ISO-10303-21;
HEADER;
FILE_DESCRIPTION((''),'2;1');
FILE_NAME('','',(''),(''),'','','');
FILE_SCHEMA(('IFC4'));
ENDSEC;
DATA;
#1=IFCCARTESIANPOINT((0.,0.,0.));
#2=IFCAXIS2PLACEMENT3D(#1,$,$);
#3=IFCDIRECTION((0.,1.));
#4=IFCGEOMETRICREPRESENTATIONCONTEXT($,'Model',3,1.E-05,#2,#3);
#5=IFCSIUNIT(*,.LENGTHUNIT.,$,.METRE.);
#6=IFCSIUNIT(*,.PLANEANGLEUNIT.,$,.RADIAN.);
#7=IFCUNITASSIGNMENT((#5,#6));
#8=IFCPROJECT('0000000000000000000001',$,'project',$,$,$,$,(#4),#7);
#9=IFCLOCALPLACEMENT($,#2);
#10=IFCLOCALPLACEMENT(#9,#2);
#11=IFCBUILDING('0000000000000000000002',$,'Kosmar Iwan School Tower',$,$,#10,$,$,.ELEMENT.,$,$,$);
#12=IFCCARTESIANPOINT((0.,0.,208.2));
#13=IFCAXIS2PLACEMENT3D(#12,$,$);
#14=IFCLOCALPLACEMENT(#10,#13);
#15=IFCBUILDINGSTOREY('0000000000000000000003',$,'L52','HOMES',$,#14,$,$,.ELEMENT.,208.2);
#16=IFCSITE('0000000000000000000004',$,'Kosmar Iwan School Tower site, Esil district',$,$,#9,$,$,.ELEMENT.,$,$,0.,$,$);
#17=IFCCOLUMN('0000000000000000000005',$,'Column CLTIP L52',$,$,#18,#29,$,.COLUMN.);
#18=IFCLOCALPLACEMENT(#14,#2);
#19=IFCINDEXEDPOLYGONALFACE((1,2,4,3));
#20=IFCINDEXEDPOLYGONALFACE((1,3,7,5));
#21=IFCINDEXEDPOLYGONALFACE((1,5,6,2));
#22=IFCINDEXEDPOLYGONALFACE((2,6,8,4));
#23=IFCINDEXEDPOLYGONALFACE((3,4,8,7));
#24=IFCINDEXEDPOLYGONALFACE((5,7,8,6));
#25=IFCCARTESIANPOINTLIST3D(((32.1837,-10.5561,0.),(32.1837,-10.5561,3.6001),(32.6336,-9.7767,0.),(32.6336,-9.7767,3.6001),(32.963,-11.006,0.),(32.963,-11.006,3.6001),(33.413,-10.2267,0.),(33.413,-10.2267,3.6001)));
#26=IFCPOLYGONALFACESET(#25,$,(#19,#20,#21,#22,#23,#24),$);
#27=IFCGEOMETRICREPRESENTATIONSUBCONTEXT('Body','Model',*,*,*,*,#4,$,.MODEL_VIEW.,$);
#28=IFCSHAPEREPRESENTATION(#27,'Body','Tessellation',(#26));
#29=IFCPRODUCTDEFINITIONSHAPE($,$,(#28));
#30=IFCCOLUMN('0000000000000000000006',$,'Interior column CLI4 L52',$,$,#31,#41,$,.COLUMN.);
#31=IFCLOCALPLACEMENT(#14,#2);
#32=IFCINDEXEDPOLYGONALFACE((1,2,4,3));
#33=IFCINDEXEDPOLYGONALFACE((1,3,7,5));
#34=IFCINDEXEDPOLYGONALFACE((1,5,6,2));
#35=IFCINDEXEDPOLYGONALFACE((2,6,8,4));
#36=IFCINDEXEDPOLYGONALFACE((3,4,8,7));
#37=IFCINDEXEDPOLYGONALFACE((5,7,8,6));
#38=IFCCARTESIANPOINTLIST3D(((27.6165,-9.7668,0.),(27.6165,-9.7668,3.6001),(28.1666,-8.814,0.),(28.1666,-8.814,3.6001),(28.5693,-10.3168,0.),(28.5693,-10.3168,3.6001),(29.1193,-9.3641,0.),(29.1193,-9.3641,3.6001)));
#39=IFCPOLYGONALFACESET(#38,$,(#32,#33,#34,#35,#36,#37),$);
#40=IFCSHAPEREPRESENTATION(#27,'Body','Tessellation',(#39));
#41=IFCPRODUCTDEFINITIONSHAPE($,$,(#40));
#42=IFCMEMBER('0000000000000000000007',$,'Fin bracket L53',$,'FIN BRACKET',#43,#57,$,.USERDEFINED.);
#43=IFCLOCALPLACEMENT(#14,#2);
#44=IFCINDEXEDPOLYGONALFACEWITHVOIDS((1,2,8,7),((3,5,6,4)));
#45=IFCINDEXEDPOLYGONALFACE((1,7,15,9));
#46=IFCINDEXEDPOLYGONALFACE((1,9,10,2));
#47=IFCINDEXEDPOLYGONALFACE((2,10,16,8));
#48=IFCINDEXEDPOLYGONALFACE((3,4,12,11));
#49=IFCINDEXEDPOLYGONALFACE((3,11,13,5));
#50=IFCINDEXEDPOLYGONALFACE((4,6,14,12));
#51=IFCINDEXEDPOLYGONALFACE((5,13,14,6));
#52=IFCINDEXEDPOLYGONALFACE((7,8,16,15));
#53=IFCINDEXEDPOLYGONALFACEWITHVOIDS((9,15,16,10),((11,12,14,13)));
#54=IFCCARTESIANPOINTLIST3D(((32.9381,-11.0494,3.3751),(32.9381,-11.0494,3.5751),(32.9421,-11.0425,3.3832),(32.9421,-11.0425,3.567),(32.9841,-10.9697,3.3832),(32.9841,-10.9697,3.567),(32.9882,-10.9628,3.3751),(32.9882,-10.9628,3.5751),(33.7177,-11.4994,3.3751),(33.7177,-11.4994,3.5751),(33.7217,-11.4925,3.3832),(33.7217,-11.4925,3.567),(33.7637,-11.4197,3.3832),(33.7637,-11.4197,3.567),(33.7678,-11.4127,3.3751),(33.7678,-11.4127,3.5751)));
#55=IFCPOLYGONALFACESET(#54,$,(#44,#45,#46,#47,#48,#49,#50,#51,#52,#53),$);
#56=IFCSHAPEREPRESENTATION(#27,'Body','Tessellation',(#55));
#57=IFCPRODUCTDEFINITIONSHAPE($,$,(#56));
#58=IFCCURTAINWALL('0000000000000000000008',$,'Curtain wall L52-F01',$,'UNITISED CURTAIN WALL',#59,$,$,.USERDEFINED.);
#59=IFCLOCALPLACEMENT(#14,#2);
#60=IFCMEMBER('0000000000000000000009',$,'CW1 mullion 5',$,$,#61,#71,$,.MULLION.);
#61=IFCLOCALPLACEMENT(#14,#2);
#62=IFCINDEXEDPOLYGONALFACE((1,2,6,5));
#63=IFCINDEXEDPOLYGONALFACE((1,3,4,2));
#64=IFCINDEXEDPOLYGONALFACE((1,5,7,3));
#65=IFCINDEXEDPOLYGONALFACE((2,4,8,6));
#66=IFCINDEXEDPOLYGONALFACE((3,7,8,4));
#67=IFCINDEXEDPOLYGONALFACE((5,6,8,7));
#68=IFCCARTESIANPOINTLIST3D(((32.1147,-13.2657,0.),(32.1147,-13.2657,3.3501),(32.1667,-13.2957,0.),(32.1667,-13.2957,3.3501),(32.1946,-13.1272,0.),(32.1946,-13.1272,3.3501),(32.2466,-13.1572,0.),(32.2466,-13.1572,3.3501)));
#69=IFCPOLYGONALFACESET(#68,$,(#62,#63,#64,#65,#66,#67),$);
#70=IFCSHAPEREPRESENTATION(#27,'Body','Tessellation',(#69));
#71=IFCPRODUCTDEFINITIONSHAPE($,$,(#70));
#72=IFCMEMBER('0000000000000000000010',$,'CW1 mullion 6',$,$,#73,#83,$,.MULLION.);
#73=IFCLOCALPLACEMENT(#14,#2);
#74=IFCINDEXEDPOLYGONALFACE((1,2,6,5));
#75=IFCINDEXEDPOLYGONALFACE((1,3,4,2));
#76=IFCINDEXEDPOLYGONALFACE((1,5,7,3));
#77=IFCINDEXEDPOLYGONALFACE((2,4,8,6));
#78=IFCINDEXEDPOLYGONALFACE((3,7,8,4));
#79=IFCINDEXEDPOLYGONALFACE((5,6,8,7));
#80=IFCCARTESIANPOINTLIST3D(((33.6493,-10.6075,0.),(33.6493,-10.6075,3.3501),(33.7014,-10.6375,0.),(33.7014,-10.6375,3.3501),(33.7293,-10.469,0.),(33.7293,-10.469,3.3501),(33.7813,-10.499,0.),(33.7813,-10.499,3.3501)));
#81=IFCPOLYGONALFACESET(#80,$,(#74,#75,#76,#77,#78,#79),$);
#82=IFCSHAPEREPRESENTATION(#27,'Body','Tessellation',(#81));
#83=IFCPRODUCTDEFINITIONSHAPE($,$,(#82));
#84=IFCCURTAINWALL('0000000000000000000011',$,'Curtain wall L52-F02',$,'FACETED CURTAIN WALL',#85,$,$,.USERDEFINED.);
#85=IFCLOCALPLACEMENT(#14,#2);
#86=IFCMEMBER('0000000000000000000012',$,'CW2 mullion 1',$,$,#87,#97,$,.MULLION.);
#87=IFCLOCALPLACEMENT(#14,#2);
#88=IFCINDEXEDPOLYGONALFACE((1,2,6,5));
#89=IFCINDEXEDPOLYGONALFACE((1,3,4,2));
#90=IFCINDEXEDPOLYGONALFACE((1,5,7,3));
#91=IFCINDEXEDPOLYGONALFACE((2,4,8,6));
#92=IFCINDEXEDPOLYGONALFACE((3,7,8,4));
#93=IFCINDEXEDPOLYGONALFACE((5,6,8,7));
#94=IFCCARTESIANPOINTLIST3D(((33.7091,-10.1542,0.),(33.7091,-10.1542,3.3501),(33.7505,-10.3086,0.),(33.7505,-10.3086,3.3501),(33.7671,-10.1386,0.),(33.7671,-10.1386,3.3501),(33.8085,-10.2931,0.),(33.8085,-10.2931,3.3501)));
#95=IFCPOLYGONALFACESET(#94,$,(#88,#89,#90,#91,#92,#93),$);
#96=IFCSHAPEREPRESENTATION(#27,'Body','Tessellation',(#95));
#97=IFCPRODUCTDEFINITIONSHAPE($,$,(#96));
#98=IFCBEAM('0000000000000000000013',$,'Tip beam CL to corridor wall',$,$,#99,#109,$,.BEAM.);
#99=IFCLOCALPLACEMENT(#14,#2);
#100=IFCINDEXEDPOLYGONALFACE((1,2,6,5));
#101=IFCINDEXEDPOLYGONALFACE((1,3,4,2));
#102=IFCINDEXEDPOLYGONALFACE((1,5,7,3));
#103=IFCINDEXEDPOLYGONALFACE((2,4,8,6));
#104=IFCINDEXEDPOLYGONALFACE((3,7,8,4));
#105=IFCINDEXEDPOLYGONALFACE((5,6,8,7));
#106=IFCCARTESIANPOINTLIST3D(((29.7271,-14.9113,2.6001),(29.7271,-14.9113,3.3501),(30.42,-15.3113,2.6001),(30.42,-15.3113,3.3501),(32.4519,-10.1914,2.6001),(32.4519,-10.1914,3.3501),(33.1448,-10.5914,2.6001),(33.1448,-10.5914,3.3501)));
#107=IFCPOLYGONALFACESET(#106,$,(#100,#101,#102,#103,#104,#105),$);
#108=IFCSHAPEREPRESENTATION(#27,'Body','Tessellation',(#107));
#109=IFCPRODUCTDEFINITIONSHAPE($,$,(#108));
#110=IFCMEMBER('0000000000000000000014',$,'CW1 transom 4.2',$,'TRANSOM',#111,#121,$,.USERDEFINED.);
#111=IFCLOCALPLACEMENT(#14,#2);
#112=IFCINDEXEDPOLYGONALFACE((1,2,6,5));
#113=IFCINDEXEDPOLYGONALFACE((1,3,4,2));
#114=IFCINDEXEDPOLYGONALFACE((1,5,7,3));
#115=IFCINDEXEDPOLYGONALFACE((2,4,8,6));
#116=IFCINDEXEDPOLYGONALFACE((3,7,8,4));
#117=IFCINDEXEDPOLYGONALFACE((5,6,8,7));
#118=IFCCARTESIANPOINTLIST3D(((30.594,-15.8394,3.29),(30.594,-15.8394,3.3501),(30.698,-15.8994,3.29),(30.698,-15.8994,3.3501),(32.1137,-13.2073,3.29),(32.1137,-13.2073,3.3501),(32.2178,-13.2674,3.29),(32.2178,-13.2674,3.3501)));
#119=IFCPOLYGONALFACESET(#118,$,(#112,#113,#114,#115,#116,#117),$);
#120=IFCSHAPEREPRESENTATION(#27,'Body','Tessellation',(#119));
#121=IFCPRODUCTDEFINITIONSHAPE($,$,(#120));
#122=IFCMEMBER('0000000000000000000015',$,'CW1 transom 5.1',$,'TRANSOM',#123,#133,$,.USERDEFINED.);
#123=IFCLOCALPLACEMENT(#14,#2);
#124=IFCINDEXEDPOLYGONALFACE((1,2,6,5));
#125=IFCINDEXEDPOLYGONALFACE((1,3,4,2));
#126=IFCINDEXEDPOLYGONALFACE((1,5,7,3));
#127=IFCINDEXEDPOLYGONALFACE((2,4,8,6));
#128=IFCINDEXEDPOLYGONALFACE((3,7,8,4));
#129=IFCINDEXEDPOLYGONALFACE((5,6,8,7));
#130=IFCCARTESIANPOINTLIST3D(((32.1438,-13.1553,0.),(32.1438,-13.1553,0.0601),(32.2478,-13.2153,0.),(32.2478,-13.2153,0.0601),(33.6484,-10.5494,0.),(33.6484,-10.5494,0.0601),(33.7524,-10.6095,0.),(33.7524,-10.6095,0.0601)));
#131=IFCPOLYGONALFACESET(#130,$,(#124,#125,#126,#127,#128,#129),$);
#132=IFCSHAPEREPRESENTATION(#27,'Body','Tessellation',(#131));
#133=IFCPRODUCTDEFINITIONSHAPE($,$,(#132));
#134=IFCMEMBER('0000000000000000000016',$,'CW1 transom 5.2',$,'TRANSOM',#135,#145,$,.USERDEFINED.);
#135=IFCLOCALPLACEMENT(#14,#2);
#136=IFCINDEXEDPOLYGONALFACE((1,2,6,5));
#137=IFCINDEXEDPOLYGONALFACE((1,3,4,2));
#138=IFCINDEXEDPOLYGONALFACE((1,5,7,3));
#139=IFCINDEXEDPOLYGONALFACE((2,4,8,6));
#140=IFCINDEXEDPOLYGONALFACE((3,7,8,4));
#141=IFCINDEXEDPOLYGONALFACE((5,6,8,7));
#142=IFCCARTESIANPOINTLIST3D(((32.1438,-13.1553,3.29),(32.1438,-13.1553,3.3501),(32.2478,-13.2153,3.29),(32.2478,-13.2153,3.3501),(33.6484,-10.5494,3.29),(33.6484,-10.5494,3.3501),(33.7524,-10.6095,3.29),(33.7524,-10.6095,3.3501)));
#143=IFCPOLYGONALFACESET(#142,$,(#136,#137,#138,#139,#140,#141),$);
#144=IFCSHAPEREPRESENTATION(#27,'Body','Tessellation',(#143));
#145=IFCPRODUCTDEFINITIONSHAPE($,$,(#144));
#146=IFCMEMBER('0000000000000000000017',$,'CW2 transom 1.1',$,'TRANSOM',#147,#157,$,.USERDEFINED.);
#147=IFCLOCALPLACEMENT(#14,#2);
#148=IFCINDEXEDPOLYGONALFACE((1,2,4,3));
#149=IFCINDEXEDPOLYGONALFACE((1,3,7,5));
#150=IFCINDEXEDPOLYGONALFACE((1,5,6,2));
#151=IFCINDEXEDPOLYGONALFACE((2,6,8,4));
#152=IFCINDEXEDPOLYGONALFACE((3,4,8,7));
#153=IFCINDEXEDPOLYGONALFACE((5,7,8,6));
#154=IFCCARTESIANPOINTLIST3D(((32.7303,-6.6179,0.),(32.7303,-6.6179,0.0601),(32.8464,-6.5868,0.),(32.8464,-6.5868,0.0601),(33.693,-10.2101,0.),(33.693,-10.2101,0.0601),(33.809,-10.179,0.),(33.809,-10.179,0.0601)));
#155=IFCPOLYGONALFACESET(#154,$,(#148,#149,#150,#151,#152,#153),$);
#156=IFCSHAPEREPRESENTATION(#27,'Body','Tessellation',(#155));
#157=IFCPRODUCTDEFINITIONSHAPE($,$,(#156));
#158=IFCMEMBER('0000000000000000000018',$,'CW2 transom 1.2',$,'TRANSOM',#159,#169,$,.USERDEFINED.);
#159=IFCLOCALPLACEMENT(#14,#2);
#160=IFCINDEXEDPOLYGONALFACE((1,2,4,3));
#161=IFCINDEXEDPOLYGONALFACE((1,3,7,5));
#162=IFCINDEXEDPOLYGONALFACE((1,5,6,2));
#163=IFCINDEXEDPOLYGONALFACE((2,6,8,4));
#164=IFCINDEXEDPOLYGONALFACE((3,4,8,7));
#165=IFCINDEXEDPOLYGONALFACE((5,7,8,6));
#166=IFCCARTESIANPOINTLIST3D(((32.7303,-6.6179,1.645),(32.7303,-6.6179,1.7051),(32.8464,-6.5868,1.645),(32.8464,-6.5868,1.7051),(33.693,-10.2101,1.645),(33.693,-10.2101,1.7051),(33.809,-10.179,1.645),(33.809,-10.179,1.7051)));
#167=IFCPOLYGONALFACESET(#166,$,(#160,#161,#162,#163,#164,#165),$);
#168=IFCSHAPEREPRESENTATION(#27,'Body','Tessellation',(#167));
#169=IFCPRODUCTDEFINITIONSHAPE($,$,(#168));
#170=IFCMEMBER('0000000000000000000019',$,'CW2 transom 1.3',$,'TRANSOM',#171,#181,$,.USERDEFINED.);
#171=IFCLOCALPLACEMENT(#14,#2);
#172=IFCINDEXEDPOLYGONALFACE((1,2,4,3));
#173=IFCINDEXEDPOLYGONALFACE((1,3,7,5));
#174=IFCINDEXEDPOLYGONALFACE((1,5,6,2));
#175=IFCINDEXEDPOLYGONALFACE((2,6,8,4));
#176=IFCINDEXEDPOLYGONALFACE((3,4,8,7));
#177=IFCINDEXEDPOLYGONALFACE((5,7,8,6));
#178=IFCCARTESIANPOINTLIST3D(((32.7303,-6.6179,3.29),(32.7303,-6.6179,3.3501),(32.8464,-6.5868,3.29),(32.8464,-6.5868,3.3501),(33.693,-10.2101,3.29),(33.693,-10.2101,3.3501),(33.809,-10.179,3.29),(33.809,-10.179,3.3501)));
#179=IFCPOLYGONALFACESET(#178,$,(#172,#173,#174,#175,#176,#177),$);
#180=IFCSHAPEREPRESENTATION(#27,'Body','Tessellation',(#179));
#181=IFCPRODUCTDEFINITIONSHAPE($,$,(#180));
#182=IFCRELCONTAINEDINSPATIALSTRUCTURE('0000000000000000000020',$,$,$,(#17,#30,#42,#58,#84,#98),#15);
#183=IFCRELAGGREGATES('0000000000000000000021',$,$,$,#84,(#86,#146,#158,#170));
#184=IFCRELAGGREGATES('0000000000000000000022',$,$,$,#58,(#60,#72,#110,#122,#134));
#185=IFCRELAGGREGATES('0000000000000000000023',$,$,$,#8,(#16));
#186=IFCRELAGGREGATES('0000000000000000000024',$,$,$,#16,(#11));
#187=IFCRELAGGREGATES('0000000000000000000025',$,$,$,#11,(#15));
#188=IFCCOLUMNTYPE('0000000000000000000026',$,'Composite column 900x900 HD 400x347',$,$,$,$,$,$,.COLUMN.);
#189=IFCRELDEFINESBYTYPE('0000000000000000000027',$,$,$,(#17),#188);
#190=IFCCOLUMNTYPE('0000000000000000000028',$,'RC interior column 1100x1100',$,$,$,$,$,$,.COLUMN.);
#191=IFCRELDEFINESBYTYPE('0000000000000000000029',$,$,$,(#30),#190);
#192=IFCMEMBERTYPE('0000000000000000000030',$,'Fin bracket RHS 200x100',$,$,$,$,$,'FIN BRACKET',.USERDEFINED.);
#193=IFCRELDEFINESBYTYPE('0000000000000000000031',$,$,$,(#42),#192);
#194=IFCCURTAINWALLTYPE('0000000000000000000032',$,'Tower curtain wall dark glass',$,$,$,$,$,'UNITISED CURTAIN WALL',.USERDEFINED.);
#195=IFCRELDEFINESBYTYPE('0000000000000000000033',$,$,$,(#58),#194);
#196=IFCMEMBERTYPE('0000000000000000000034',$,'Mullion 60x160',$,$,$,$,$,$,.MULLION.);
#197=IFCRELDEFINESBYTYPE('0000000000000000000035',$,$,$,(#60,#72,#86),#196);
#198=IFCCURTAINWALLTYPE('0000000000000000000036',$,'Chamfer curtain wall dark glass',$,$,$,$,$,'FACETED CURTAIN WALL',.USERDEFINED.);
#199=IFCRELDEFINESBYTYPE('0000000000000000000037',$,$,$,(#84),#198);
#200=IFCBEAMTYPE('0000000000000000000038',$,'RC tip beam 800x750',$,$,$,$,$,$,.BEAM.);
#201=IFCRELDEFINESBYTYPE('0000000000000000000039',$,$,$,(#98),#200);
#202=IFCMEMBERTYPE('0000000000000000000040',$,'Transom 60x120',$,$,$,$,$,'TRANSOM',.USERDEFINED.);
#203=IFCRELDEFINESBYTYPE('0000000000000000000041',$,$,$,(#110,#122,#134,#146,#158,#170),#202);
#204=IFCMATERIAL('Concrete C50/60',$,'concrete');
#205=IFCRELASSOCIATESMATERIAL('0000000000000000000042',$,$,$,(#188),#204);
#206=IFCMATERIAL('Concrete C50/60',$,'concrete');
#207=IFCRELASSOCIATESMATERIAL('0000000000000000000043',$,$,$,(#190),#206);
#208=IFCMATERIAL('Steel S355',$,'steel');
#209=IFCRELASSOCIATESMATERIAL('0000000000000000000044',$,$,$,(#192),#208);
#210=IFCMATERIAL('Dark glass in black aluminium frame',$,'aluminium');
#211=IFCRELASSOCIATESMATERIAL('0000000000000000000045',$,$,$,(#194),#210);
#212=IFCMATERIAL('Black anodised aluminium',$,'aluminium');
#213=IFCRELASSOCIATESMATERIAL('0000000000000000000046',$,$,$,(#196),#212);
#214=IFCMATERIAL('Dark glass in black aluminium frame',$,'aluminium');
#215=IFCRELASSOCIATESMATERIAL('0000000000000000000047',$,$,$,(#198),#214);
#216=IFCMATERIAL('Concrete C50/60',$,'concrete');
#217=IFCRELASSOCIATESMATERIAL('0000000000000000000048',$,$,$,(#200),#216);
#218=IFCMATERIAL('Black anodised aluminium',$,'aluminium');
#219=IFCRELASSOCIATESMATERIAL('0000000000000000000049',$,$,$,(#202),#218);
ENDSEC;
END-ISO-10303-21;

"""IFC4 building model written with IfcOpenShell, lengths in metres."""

from ifc_helpers import new_model, si_unit, direction, frame, origin, origin_2d, place, context, subcontext, project, spatial, rectangle, hollow_rectangle, extrude, material, material_profile, profile_set, type_object, element, aggregate, save


model = new_model("IFC4")

# Units and contexts
model_context = context("Model", 3, precision=1e-05, world=origin(), true_north=direction((0.0, 1.0)))
body_context = subcontext(model_context, "Body", "Model", "MODEL_VIEW")
ifc_project = project(units=[si_unit("LENGTHUNIT", "METRE"), si_unit("PLANEANGLEUNIT", "RADIAN")], contexts=[model_context])

# Site, building, storey
site_placement = place(None, origin())
site = spatial("IfcSite", under=ifc_project, at=site_placement, Name="Kosmar Iwan School Tower site, Esil district", CompositionType="ELEMENT", RefElevation=0.0)
building_placement = place(site_placement, origin())
building = spatial("IfcBuilding", under=site, at=building_placement, Name="Kosmar Iwan School Tower", CompositionType="ELEMENT")
storey_placement = place(building_placement, frame((0.0, 0.0, 208.2)))
storey = spatial("IfcBuildingStorey", under=building, at=storey_placement, Name="L52", Description="HOMES", CompositionType="ELEMENT", Elevation=208.2)

# Columns
ifc_material_1 = material(Name="Concrete C50/60", Category="concrete")
ifc_material_profile_1 = material_profile(ifc_material_1, rectangle(XDim=0.8999, YDim=0.8999, at=origin_2d()), Name="RC 900x900 + HD 400x347")
ifc_profile_set_1 = profile_set([ifc_material_profile_1], Name="Concrete C50/60")
column_type_1 = type_object("IfcColumnType", Name="Composite column 900x900 HD 400x347", PredefinedType="COLUMN", material=ifc_profile_set_1)
column_1_placement = place(storey_placement, frame((32.7983, -10.3914, 0.0), z_axis=(0.0, 0.0, 1.0), x_axis=(0.866025, -0.5, 0.0)))
element("IfcColumn", 1, at=column_1_placement, inside=storey, type_object=column_type_1, Name="Column CLTIP L52", PredefinedType="COLUMN", context=body_context, shape_type="SweptSolid", body=[
    extrude(rectangle(XDim=0.8999, YDim=0.8999, at=origin_2d()), origin(), (0.0, 0.0, 1.0), 3.6001),
])
ifc_material_2 = material(Name="Concrete C50/60", Category="concrete")
ifc_material_profile_2 = material_profile(ifc_material_2, rectangle(XDim=1.1001, YDim=1.1001, at=origin_2d()), Name="RC 1100x1100")
ifc_profile_set_2 = profile_set([ifc_material_profile_2], Name="Concrete C50/60")
column_type_2 = type_object("IfcColumnType", Name="RC interior column 1100x1100", PredefinedType="COLUMN", material=ifc_profile_set_2)
column_2_placement = place(storey_placement, frame((28.3679, -9.5654, 0.0), z_axis=(0.0, 0.0, 1.0), x_axis=(0.866025, -0.5, 0.0)))
element("IfcColumn", 2, at=column_2_placement, inside=storey, type_object=column_type_2, Name="Interior column CLI4 L52", PredefinedType="COLUMN", context=body_context, shape_type="SweptSolid", body=[
    extrude(rectangle(XDim=1.1001, YDim=1.1001, at=origin_2d()), origin(), (0.0, 0.0, 1.0), 3.6001),
])

# Member
ifc_material_3 = material(Name="Steel S355", Category="steel")
ifc_material_profile_3 = material_profile(ifc_material_3, hollow_rectangle(XDim=0.1001, YDim=0.2, WallThickness=0.0081, at=origin_2d()), Name="RHS 200x100x8")
ifc_profile_set_3 = profile_set([ifc_material_profile_3], Name="Steel S355")
member_type_1 = type_object("IfcMemberType", Name="Fin bracket RHS 200x100", ElementType="FIN BRACKET", PredefinedType="USERDEFINED", material=ifc_profile_set_3)
member_1_placement = place(storey_placement, frame((32.9631, -11.0061, 3.4751), z_axis=(0.866082, -0.499902, 0.0), x_axis=(0.499902, 0.866082, 0.0)))
element("IfcMember", 3, at=member_1_placement, inside=storey, type_object=member_type_1, Name="Fin bracket L53", ObjectType="FIN BRACKET", PredefinedType="USERDEFINED", context=body_context, shape_type="SweptSolid", body=[
    extrude(hollow_rectangle(XDim=0.1001, YDim=0.2, WallThickness=0.0081, at=origin_2d()), origin(), (0.0, 0.0, 1.0), 0.9001),
])

# Curtain wall, members
ifc_material_4 = material(Name="Dark glass in black aluminium frame", Category="aluminium")
curtain_wall_type_1 = type_object("IfcCurtainWallType", Name="Tower curtain wall dark glass", ElementType="UNITISED CURTAIN WALL", PredefinedType="USERDEFINED", material=ifc_material_4)
curtain_wall_1_placement = place(storey_placement, origin())
curtain_wall_1 = element("IfcCurtainWall", 4, at=curtain_wall_1_placement, inside=storey, type_object=curtain_wall_type_1, Name="Curtain wall L52-F01", ObjectType="UNITISED CURTAIN WALL", PredefinedType="USERDEFINED")
ifc_material_5 = material(Name="Black anodised aluminium", Category="aluminium")
ifc_material_profile_4 = material_profile(ifc_material_5, rectangle(XDim=0.0601, YDim=0.1599, at=origin_2d()), Name="MULLION 60x160")
ifc_profile_set_4 = profile_set([ifc_material_profile_4], Name="Black anodised aluminium")
member_type_2 = type_object("IfcMemberType", Name="Mullion 60x160", PredefinedType="MULLION", material=ifc_profile_set_4)
member_2_placement = place(storey_placement, frame((32.1807, -13.2114, 0.0), z_axis=(0.0, 0.0, 1.0), x_axis=(-0.866025, 0.5, 0.0)))
member_2 = element("IfcMember", 5, at=member_2_placement, type_object=member_type_2, Name="CW1 mullion 5", PredefinedType="MULLION", context=body_context, shape_type="SweptSolid", body=[
    extrude(rectangle(XDim=0.0601, YDim=0.1599, at=origin_2d()), origin(), (0.0, 0.0, 1.0), 3.3501),
])
member_3_placement = place(storey_placement, frame((33.7153, -10.5532, 0.0), z_axis=(0.0, 0.0, 1.0), x_axis=(-0.866025, 0.5, 0.0)))
member_3 = element("IfcMember", 6, at=member_3_placement, type_object=member_type_2, Name="CW1 mullion 6", PredefinedType="MULLION", context=body_context, shape_type="SweptSolid", body=[
    extrude(rectangle(XDim=0.0601, YDim=0.1599, at=origin_2d()), origin(), (0.0, 0.0, 1.0), 3.3501),
])

# Curtain wall, member
ifc_material_6 = material(Name="Dark glass in black aluminium frame", Category="aluminium")
curtain_wall_type_2 = type_object("IfcCurtainWallType", Name="Chamfer curtain wall dark glass", ElementType="FACETED CURTAIN WALL", PredefinedType="USERDEFINED", material=ifc_material_6)
curtain_wall_2_placement = place(storey_placement, origin())
curtain_wall_2 = element("IfcCurtainWall", 7, at=curtain_wall_2_placement, inside=storey, type_object=curtain_wall_type_2, Name="Curtain wall L52-F02", ObjectType="FACETED CURTAIN WALL", PredefinedType="USERDEFINED")
member_4_placement = place(storey_placement, frame((33.7588, -10.2236, 0.0), z_axis=(0.0, 0.0, 1.0), x_axis=(-0.965926, -0.258819, 0.0)))
member_4 = element("IfcMember", 8, at=member_4_placement, type_object=member_type_2, Name="CW2 mullion 1", PredefinedType="MULLION", context=body_context, shape_type="SweptSolid", body=[
    extrude(rectangle(XDim=0.0601, YDim=0.1599, at=origin_2d()), origin(), (0.0, 0.0, 1.0), 3.3501),
])

# Beam
ifc_material_7 = material(Name="Concrete C50/60", Category="concrete")
ifc_material_profile_5 = material_profile(ifc_material_7, rectangle(XDim=0.8, YDim=0.75, at=origin_2d()), Name="RC 800x750")
ifc_profile_set_5 = profile_set([ifc_material_profile_5], Name="Concrete C50/60")
beam_type = type_object("IfcBeamType", Name="RC tip beam 800x750", PredefinedType="BEAM", material=ifc_profile_set_5)
beam_placement = place(storey_placement, frame((32.7983, -10.3914, 2.9751), z_axis=(-0.499969, -0.866043, 0.0), x_axis=(0.866043, -0.499969, 0.0)))
element("IfcBeam", 9, at=beam_placement, inside=storey, type_object=beam_type, Name="Tip beam CL to corridor wall", PredefinedType="BEAM", context=body_context, shape_type="SweptSolid", body=[
    extrude(rectangle(XDim=0.8, YDim=0.75, at=origin_2d()), origin(), (0.0, 0.0, 1.0), 5.45),
])

# Members
ifc_material_8 = material(Name="Black anodised aluminium", Category="aluminium")
ifc_material_profile_6 = material_profile(ifc_material_8, rectangle(XDim=0.1201, YDim=0.0601, at=origin_2d()), Name="TRANSOM 60x120")
ifc_profile_set_6 = profile_set([ifc_material_profile_6], Name="Black anodised aluminium")
member_type_3 = type_object("IfcMemberType", Name="Transom 60x120", ElementType="TRANSOM", PredefinedType="USERDEFINED", material=ifc_profile_set_6)
member_5_placement = place(storey_placement, frame((30.646, -15.8694, 3.3201), z_axis=(0.500035, 0.866005, 0.0), x_axis=(-0.866005, 0.500035, 0.0)))
member_5 = element("IfcMember", 10, at=member_5_placement, type_object=member_type_3, Name="CW1 transom 4.2", ObjectType="TRANSOM", PredefinedType="USERDEFINED", context=body_context, shape_type="SweptSolid", body=[
    extrude(rectangle(XDim=0.1201, YDim=0.0601, at=origin_2d()), origin(), (0.0, 0.0, 1.0), 3.0393),
])
member_6_placement = place(storey_placement, frame((32.1958, -13.1853, 0.03), z_axis=(0.500022, 0.866013, 0.0), x_axis=(-0.866013, 0.500022, 0.0)))
member_6 = element("IfcMember", 11, at=member_6_placement, type_object=member_type_3, Name="CW1 transom 5.1", ObjectType="TRANSOM", PredefinedType="USERDEFINED", context=body_context, shape_type="SweptSolid", body=[
    extrude(rectangle(XDim=0.1201, YDim=0.0601, at=origin_2d()), origin(), (0.0, 0.0, 1.0), 3.009),
])
member_7_placement = place(storey_placement, frame((32.1958, -13.1853, 3.3201), z_axis=(0.500022, 0.866013, 0.0), x_axis=(-0.866013, 0.500022, 0.0)))
member_7 = element("IfcMember", 12, at=member_7_placement, type_object=member_type_3, Name="CW1 transom 5.2", ObjectType="TRANSOM", PredefinedType="USERDEFINED", context=body_context, shape_type="SweptSolid", body=[
    extrude(rectangle(XDim=0.1201, YDim=0.0601, at=origin_2d()), origin(), (0.0, 0.0, 1.0), 3.009),
])
member_8_placement = place(storey_placement, frame((33.751, -10.1946, 0.03), z_axis=(-0.258843, 0.965919, 0.0), x_axis=(-0.965919, -0.258843, 0.0)))
member_8 = element("IfcMember", 13, at=member_8_placement, type_object=member_type_3, Name="CW2 transom 1.1", ObjectType="TRANSOM", PredefinedType="USERDEFINED", context=body_context, shape_type="SweptSolid", body=[
    extrude(rectangle(XDim=0.1201, YDim=0.0601, at=origin_2d()), origin(), (0.0, 0.0, 1.0), 3.719),
])
member_9_placement = place(storey_placement, frame((33.751, -10.1946, 1.675), z_axis=(-0.258843, 0.965919, 0.0), x_axis=(-0.965919, -0.258843, 0.0)))
member_9 = element("IfcMember", 14, at=member_9_placement, type_object=member_type_3, Name="CW2 transom 1.2", ObjectType="TRANSOM", PredefinedType="USERDEFINED", context=body_context, shape_type="SweptSolid", body=[
    extrude(rectangle(XDim=0.1201, YDim=0.0601, at=origin_2d()), origin(), (0.0, 0.0, 1.0), 3.719),
])
member_10_placement = place(storey_placement, frame((33.751, -10.1946, 3.3201), z_axis=(-0.258843, 0.965919, 0.0), x_axis=(-0.965919, -0.258843, 0.0)))
member_10 = element("IfcMember", 15, at=member_10_placement, type_object=member_type_3, Name="CW2 transom 1.3", ObjectType="TRANSOM", PredefinedType="USERDEFINED", context=body_context, shape_type="SweptSolid", body=[
    extrude(rectangle(XDim=0.1201, YDim=0.0601, at=origin_2d()), origin(), (0.0, 0.0, 1.0), 3.719),
])
aggregate(curtain_wall_2, [member_4, member_8, member_9, member_10])

aggregate(curtain_wall_1, [member_2, member_3, member_5, member_6, member_7])

save(model, "model.ifc")
